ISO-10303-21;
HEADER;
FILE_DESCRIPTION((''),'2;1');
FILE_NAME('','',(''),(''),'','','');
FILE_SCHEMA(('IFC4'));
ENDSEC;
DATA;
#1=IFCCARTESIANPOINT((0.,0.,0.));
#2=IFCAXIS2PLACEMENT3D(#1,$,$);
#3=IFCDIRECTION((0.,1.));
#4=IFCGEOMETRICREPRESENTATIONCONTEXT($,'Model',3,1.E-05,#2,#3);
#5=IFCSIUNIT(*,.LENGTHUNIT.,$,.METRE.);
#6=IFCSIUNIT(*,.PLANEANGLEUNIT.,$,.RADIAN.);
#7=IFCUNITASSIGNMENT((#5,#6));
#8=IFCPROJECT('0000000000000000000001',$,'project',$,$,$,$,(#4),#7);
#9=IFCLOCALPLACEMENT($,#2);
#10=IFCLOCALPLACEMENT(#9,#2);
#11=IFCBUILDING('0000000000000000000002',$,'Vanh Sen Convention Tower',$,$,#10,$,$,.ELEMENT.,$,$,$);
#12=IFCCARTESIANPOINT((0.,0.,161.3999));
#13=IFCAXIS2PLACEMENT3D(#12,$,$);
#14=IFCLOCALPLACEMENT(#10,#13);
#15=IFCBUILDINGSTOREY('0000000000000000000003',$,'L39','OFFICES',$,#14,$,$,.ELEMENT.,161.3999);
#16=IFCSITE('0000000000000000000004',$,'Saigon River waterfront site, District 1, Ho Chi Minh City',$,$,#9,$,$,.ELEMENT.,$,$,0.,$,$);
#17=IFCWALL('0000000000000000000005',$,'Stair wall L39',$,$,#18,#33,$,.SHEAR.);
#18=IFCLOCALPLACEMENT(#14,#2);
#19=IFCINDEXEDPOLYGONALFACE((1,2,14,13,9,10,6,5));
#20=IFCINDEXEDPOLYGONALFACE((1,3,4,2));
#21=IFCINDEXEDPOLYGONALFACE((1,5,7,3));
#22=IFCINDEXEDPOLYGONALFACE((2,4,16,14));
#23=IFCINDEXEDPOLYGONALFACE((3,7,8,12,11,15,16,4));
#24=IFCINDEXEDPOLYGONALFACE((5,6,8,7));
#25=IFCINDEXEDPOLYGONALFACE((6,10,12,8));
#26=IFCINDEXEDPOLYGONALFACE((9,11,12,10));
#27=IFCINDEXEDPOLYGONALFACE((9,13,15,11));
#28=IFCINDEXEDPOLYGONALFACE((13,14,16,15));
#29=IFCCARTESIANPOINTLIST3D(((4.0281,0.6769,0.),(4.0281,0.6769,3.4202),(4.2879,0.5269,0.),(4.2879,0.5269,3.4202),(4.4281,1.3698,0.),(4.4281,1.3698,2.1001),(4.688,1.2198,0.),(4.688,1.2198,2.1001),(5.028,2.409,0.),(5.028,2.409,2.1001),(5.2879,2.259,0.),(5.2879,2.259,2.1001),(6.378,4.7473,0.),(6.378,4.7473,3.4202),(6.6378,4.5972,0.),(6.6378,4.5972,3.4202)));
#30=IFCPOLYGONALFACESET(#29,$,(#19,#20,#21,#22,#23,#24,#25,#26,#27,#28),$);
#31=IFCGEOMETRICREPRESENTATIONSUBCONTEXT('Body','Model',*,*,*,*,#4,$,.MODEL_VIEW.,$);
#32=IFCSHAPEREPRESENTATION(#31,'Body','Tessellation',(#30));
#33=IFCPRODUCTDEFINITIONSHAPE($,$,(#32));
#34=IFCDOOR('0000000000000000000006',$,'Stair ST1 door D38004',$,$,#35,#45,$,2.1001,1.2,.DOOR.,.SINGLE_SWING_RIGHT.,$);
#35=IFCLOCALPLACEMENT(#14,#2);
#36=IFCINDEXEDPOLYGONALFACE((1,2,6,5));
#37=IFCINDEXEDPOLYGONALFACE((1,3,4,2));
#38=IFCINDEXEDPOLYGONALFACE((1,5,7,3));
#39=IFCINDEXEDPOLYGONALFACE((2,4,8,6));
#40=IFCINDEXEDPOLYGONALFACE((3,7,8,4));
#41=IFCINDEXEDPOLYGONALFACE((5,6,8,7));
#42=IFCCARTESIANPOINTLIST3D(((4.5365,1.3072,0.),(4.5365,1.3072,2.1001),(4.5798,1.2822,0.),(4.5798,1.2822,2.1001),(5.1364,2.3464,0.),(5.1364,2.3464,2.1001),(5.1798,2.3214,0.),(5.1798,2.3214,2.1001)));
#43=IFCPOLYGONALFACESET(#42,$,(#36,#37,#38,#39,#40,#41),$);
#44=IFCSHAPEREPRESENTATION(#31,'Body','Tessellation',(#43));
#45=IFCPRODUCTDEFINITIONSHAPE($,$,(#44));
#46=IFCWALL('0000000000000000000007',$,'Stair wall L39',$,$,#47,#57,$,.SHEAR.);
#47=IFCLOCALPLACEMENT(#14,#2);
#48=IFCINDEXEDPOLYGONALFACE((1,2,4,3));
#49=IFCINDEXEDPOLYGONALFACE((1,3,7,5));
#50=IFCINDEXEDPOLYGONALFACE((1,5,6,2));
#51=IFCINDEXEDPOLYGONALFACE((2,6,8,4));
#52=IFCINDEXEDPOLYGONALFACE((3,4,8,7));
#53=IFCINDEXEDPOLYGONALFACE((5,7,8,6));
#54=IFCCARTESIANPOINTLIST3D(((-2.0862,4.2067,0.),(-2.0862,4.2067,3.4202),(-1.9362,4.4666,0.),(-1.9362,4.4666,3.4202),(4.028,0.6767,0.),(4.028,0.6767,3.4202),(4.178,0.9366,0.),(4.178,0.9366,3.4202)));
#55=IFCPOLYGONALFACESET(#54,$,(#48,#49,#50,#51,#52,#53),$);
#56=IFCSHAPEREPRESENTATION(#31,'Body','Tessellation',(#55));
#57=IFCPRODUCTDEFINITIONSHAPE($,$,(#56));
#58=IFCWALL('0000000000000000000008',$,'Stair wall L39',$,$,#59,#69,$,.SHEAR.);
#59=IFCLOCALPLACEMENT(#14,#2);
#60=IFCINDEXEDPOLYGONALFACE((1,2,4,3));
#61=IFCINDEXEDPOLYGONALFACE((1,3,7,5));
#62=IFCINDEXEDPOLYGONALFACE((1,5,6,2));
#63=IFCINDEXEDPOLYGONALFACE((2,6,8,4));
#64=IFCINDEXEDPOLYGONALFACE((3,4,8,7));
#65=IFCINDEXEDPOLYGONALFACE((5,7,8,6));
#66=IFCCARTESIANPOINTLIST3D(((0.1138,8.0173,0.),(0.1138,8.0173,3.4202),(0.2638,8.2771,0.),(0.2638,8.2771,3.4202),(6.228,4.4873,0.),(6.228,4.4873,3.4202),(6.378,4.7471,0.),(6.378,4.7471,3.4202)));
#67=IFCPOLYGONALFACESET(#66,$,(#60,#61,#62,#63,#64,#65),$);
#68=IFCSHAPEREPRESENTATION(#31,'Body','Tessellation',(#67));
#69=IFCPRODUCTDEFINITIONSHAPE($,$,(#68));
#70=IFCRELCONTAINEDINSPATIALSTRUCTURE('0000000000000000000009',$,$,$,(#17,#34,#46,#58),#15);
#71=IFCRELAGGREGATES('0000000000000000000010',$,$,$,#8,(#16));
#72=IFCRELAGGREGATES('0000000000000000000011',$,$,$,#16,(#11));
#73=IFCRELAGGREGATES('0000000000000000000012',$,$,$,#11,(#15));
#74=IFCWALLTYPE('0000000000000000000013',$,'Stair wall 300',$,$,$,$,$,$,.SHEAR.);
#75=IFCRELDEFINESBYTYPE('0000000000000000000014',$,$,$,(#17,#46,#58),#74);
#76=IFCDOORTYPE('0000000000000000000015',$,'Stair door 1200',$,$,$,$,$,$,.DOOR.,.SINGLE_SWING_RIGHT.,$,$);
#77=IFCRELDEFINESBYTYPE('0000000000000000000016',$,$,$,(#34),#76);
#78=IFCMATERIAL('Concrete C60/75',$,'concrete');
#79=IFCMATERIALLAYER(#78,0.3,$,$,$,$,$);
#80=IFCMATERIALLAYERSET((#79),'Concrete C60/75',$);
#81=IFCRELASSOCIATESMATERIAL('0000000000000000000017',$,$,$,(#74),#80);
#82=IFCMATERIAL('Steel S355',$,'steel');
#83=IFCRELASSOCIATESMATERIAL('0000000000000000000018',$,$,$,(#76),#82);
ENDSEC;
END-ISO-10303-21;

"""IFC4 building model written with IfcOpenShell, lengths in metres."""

from ifc_helpers import new_model, si_unit, direction, frame, frame_2d, origin, place, context, subcontext, project, spatial, rectangle, extrude, material, layer, layer_set, type_object, element, fill, save


model = new_model("IFC4")

# Units and contexts
model_context = context("Model", 3, precision=1e-05, world=origin(), true_north=direction((0.0, 1.0)))
body_context = subcontext(model_context, "Body", "Model", "MODEL_VIEW")
ifc_project = project(units=[si_unit("LENGTHUNIT", "METRE"), si_unit("PLANEANGLEUNIT", "RADIAN")], contexts=[model_context])

# Site, building, storey
site_placement = place(None, origin())
site = spatial("IfcSite", under=ifc_project, at=site_placement, Name="Saigon River waterfront site, District 1, Ho Chi Minh City", CompositionType="ELEMENT", RefElevation=0.0)
building_placement = place(site_placement, origin())
building = spatial("IfcBuilding", under=site, at=building_placement, Name="Vanh Sen Convention Tower", CompositionType="ELEMENT")
storey_placement = place(building_placement, frame((0.0, 0.0, 161.3999)))
storey = spatial("IfcBuildingStorey", under=building, at=storey_placement, Name="L39", Description="OFFICES", CompositionType="ELEMENT", Elevation=161.3999)

# Shared definitions
ifc_material_1 = material(Name="Steel S355", Category="steel")

# Shared definitions
ifc_material_2 = material(Name="Concrete C60/75", Category="concrete")

# Wall, opening, door
ifc_layer_1 = layer(ifc_material_2, 0.3)
ifc_layer_set_1 = layer_set([ifc_layer_1], Name="Concrete C60/75")
wall_type_1 = type_object("IfcWallType", Name="Stair wall 300", PredefinedType="SHEAR", material=ifc_layer_set_1)
wall_1_placement = place(storey_placement, frame((4.158, 0.6018, 0.0), z_axis=(0.0, 0.0, 1.0), x_axis=(0.499977, 0.866039, 0.0)))
wall_1 = element("IfcWall", 1, at=wall_1_placement, inside=storey, type_object=wall_type_1, Name="Stair wall L39", PredefinedType="SHEAR", context=body_context, shape_type="SweptSolid", body=[
    extrude(rectangle(XDim=4.7, YDim=0.3, at=frame_2d((2.3501, 0.0))), origin(), (0.0, 0.0, 1.0), 3.4202),
])
opening_1_placement = place(wall_1_placement, frame((0.8, 0.0, 0.0)))
opening_1 = element("IfcOpeningElement", 2, at=opening_1_placement, cuts=wall_1, PredefinedType="OPENING", context=body_context, shape_type="SweptSolid", body=[
    extrude(rectangle(XDim=1.2, YDim=2.1001, at=frame_2d((0.6001, 1.05))), frame((0.0, 0.1599, 0.0), z_axis=(0.0, -1.0, 0.0), x_axis=(1.0, 0.0, 0.0)), (0.0, 0.0, 1.0), 0.3201),
])
door_type_1 = type_object("IfcDoorType", Name="Stair door 1200", OperationType="SINGLE_SWING_RIGHT", PredefinedType="DOOR", material=ifc_material_1)
door_1_placement = place(opening_1_placement, origin())
door_1 = element("IfcDoor", 3, at=door_1_placement, inside=storey, type_object=door_type_1, Name="Stair ST1 door D38004", OperationType="SINGLE_SWING_RIGHT", OverallHeight=2.1001, OverallWidth=1.2, PredefinedType="DOOR", context=body_context, shape_type="SweptSolid", body=[
    extrude(rectangle(XDim=1.2, YDim=2.1001, at=frame_2d((0.6001, 1.05))), frame((0.0, 0.0249, 0.0), z_axis=(0.0, -1.0, 0.0), x_axis=(1.0, 0.0, 0.0)), (0.0, 0.0, 1.0), 0.05),
])
fill(opening_1, door_1)

# Walls
for number, where, z_axis, x_axis, name in (
    (4, (4.103, 0.8066, 0.0), (0.0, 0.0, 1.0), (-0.866028, 0.499996, 0.0), "Stair wall L39"),
    (5, (6.303, 4.6172, 0.0), (0.0, 0.0, 1.0), (-0.866028, 0.499996, 0.0), "Stair wall L39"),
):
    element("IfcWall", number, at=place(storey_placement, frame(where, z_axis=z_axis, x_axis=x_axis)), inside=storey, type_object=wall_type_1, Name=name, PredefinedType="SHEAR", context=body_context, shape_type="SweptSolid", body=[
        extrude(rectangle(XDim=7.0601, YDim=0.3, at=frame_2d((3.53, 0.0))), origin(), (0.0, 0.0, 1.0), 3.4202),
    ])

save(model, "model.ifc")
